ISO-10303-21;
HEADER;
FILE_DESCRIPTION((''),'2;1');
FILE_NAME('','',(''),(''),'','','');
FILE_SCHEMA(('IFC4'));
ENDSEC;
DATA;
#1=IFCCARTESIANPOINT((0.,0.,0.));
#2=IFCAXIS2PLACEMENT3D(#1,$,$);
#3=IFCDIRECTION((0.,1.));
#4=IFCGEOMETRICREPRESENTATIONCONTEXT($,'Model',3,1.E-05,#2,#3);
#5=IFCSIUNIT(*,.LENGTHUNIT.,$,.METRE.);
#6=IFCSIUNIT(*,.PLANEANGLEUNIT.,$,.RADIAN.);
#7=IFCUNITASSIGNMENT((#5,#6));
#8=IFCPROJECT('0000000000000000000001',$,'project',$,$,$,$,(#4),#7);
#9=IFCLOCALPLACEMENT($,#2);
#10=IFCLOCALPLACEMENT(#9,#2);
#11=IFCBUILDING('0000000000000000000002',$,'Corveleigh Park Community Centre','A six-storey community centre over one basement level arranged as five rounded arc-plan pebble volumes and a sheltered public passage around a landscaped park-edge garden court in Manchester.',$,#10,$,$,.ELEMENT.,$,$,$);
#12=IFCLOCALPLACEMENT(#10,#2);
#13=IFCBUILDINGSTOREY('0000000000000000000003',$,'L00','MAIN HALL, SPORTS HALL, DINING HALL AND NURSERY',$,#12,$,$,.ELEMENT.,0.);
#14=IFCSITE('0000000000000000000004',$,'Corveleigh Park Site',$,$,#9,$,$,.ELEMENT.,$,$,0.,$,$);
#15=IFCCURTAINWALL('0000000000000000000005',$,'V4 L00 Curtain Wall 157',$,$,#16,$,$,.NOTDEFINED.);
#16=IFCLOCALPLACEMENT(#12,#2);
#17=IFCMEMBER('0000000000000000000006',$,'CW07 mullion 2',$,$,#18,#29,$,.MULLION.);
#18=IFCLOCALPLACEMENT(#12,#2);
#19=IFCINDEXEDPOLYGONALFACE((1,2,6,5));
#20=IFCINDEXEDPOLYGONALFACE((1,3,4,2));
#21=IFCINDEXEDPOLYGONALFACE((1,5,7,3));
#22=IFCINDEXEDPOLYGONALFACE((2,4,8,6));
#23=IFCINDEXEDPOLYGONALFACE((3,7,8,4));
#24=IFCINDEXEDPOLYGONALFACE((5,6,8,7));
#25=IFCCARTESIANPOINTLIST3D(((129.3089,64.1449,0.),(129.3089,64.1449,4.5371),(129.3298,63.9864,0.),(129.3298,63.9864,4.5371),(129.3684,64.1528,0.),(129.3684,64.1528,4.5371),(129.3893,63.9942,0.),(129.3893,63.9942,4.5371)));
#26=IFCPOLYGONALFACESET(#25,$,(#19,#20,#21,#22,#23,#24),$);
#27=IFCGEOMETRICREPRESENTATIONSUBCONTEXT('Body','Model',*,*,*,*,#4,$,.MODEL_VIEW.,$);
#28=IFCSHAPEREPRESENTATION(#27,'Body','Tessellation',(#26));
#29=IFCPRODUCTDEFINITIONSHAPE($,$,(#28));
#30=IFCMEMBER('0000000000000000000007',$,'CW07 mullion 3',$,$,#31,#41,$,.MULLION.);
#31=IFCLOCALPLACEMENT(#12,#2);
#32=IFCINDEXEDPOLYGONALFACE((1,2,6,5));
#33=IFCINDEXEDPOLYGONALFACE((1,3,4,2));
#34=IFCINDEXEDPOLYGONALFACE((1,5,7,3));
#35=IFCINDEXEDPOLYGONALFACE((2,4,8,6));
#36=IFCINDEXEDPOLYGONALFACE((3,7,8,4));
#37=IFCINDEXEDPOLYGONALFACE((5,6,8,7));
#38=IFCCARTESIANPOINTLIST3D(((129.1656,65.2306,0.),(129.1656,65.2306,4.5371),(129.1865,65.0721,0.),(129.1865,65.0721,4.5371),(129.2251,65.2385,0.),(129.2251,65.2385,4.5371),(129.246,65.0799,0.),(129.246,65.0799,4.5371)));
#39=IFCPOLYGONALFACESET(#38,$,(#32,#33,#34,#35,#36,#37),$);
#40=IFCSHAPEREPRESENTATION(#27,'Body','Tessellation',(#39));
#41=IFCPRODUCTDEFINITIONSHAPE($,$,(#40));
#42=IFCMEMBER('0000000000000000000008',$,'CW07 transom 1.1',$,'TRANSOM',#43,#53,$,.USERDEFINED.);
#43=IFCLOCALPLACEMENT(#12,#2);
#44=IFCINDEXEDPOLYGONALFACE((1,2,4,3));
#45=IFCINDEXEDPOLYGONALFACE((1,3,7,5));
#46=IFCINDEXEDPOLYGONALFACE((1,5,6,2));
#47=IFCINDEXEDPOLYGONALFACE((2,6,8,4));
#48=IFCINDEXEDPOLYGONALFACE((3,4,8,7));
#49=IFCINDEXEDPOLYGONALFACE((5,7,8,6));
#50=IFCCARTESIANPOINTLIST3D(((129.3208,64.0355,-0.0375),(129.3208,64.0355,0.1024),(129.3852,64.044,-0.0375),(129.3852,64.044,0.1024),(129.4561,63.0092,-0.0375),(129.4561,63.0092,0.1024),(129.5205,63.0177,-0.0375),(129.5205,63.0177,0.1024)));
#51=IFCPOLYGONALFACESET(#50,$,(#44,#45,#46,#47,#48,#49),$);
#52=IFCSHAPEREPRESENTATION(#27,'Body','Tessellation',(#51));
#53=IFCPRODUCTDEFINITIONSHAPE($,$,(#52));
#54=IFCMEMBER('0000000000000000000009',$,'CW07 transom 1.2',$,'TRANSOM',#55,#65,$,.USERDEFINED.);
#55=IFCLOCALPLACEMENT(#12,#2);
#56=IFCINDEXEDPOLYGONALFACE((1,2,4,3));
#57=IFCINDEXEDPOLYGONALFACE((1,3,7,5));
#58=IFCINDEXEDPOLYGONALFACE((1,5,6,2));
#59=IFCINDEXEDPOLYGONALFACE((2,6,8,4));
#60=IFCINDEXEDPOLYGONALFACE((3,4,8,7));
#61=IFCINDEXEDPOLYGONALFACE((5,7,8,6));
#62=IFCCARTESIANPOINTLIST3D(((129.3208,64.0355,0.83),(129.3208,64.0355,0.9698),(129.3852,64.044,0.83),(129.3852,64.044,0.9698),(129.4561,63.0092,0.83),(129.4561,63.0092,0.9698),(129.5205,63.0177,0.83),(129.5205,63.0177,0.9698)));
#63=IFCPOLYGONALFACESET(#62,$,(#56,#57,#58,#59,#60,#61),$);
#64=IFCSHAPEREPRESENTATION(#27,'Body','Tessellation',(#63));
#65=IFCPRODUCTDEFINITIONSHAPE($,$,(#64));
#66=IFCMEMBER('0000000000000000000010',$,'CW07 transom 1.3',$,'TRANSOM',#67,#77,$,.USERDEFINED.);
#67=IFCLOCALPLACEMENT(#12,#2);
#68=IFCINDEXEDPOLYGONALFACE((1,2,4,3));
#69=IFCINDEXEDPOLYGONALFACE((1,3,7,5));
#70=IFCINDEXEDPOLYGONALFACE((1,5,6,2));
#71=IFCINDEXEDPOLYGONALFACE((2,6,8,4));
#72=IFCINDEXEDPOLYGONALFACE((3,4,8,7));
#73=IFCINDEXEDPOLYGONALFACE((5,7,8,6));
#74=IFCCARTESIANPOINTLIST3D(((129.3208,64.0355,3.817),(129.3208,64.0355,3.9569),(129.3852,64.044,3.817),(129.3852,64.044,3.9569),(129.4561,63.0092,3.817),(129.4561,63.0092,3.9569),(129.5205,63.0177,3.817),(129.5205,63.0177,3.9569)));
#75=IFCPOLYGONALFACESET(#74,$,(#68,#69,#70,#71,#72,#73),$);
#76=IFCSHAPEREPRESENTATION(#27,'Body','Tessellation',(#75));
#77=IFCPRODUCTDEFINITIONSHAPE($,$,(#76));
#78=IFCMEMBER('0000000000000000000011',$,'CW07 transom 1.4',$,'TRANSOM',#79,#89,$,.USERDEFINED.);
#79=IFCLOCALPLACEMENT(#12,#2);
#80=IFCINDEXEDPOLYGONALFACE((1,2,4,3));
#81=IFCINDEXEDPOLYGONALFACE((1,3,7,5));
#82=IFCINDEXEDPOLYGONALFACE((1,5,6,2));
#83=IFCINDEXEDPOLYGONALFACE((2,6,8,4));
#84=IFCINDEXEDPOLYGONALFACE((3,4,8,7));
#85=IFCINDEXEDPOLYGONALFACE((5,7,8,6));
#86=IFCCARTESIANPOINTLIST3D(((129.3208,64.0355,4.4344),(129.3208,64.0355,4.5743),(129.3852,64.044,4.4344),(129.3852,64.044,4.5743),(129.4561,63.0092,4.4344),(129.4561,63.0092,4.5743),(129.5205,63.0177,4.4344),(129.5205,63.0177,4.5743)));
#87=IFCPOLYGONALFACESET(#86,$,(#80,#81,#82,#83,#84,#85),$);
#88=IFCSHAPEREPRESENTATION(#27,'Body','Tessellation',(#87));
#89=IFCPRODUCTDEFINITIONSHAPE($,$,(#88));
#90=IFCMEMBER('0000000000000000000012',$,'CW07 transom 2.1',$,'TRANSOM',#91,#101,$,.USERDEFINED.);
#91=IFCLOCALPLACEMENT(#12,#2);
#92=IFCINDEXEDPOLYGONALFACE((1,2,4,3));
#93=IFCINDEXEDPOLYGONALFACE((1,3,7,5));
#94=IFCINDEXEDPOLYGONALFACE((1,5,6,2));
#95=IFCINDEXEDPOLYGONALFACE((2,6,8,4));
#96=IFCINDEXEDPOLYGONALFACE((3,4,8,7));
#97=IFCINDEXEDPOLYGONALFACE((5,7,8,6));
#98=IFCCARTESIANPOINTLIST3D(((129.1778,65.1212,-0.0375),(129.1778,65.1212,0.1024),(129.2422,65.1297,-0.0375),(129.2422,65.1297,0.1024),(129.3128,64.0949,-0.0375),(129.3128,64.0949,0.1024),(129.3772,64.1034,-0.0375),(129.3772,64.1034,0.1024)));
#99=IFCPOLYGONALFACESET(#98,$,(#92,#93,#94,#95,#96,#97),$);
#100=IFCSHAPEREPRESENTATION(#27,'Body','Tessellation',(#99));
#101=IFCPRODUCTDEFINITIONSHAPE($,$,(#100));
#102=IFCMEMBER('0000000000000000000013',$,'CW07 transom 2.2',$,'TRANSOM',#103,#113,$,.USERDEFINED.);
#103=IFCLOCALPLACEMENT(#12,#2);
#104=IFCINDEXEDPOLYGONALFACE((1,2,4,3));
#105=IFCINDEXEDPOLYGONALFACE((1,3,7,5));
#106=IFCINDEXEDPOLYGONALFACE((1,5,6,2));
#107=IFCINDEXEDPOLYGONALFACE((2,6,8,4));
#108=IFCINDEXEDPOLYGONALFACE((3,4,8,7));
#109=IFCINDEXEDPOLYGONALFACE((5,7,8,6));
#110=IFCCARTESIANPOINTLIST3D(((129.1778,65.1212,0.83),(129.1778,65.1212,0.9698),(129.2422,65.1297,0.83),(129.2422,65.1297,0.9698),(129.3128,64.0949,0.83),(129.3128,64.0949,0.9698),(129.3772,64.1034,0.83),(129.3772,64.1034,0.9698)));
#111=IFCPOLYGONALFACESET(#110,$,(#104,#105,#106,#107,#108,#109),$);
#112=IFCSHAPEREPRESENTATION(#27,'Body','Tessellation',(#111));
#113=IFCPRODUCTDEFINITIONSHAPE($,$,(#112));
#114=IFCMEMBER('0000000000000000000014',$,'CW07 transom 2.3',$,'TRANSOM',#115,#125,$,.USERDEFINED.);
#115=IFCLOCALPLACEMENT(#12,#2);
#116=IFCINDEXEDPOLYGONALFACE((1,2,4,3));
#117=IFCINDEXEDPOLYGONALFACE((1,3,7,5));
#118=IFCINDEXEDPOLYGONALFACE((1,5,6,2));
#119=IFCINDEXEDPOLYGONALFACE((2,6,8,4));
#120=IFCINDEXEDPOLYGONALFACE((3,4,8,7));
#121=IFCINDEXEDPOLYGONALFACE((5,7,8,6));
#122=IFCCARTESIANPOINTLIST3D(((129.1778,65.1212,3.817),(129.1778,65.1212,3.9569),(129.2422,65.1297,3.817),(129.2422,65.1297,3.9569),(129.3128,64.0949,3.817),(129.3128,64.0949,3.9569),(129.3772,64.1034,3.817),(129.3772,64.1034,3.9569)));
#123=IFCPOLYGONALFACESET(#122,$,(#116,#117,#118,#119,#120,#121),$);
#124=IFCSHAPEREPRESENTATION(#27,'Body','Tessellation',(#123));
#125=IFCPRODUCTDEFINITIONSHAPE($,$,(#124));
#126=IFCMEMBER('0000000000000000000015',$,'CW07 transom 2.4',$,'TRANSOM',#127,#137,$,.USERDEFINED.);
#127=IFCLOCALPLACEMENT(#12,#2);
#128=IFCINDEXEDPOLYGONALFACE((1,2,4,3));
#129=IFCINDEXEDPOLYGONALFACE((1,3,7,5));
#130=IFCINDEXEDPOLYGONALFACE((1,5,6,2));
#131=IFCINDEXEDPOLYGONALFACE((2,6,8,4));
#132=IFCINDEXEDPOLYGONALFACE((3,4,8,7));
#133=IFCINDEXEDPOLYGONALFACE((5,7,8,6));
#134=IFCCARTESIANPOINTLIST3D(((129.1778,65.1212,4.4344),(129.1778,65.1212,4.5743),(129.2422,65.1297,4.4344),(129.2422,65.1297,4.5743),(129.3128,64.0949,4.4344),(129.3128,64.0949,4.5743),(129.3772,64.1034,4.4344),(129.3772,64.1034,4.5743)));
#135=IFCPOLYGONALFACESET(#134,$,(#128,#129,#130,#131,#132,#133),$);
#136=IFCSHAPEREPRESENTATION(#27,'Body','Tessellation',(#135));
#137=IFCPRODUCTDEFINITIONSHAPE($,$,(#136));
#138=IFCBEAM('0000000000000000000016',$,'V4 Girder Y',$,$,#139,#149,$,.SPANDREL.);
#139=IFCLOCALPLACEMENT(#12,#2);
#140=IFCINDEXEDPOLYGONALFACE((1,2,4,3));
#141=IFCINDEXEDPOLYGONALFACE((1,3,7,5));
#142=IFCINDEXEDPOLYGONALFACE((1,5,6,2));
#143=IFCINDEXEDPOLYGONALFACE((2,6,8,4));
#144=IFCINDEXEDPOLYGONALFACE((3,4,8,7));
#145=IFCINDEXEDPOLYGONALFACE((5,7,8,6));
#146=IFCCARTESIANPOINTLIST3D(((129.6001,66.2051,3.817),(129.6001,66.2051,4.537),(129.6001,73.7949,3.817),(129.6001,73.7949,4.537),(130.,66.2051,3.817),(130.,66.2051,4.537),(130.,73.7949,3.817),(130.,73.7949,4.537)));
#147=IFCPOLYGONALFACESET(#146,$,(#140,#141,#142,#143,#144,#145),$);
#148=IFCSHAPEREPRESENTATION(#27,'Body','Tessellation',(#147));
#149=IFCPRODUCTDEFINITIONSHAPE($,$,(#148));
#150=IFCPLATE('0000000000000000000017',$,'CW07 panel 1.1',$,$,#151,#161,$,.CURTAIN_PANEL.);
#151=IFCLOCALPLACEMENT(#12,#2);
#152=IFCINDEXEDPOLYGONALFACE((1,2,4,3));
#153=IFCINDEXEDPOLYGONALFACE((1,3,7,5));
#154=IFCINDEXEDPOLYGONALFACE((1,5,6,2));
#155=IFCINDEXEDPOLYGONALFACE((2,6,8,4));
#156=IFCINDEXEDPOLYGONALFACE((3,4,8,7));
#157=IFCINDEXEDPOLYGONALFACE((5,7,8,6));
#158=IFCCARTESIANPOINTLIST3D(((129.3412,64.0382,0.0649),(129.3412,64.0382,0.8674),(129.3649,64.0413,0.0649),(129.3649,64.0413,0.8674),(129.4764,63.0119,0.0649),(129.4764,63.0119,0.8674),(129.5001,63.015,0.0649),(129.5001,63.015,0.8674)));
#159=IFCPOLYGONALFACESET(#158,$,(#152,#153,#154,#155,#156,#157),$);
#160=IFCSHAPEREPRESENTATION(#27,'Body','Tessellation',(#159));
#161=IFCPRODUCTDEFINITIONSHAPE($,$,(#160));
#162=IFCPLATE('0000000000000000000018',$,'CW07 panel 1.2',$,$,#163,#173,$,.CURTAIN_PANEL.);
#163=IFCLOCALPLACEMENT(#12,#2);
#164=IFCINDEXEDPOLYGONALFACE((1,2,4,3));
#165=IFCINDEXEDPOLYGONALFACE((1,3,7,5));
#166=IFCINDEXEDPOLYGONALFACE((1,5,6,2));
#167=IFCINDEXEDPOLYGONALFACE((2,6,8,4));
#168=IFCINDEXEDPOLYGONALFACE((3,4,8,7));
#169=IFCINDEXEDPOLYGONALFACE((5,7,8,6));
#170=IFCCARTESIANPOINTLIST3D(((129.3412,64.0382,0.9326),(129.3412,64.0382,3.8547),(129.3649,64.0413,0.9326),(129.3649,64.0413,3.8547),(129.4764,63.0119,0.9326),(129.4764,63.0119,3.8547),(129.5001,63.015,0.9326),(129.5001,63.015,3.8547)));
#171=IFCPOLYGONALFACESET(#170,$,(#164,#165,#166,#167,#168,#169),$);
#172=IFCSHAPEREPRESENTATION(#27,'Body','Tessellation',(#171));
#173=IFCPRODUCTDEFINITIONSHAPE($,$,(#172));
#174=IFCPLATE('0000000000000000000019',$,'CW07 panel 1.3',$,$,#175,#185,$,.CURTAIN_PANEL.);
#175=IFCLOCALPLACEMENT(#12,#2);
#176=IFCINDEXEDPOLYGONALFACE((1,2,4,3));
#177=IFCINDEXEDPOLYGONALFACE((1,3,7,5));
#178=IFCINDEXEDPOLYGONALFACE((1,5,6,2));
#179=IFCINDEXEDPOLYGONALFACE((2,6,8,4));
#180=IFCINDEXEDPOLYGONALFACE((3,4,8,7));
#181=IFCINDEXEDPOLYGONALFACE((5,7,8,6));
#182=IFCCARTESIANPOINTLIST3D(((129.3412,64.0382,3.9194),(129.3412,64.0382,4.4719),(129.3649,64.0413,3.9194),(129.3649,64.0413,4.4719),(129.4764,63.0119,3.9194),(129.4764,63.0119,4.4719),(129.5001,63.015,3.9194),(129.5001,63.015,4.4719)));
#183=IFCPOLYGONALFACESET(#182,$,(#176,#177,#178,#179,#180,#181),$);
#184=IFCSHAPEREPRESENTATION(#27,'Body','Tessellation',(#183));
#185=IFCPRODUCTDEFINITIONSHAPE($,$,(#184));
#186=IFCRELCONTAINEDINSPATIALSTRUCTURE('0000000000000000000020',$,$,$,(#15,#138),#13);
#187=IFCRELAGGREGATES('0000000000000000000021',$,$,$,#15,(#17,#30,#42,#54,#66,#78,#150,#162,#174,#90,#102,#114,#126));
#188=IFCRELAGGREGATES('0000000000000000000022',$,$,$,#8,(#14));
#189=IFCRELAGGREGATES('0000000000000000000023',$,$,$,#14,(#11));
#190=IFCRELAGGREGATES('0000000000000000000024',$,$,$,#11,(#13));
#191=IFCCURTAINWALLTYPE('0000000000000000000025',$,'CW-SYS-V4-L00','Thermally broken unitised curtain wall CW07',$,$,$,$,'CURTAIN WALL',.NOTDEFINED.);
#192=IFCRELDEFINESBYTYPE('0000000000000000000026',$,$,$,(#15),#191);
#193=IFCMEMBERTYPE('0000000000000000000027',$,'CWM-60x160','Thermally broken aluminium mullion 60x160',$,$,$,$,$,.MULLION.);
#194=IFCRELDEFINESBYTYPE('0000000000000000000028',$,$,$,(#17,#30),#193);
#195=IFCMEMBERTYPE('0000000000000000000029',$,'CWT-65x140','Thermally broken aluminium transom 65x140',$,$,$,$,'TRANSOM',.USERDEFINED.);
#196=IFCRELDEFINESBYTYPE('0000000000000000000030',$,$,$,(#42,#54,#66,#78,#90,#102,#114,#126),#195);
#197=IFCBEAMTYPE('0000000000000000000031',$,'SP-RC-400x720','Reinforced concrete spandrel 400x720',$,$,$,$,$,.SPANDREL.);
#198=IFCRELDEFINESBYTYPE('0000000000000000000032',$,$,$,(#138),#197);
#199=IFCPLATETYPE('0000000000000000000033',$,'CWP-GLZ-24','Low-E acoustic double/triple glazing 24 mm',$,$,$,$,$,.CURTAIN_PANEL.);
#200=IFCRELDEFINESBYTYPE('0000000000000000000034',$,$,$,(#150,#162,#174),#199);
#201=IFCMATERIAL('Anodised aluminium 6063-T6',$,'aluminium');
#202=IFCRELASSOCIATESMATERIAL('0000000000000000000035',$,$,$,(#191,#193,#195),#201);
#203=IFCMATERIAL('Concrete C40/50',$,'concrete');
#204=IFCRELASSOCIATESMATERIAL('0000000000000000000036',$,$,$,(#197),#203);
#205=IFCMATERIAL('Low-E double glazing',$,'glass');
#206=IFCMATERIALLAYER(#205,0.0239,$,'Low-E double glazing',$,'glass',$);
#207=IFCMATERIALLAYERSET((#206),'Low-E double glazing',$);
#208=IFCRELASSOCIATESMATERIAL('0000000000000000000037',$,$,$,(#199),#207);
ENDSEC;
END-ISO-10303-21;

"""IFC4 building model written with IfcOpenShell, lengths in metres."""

from ifc_helpers import new_model, si_unit, direction, frame, origin, origin_2d, place, context, subcontext, project, spatial, rectangle, extrude, material, layer, layer_set, material_profile, profile_set, type_object, element, aggregate, save


model = new_model("IFC4")

# Units and contexts
model_context = context("Model", 3, precision=1e-05, world=origin(), true_north=direction((0.0, 1.0)))
body_context = subcontext(model_context, "Body", "Model", "MODEL_VIEW")
ifc_project = project(units=[si_unit("LENGTHUNIT", "METRE"), si_unit("PLANEANGLEUNIT", "RADIAN")], contexts=[model_context])

# Site, building, storey
site_placement = place(None, origin())
site = spatial("IfcSite", under=ifc_project, at=site_placement, Name="Corveleigh Park Site", CompositionType="ELEMENT", RefElevation=0.0)
building_placement = place(site_placement, origin())
building = spatial("IfcBuilding", under=site, at=building_placement, Name="Corveleigh Park Community Centre", Description="A six-storey community centre over one basement level arranged as five rounded arc-plan pebble volumes and a sheltered public passage around a landscaped park-edge garden court in Manchester.", CompositionType="ELEMENT")
storey_placement = place(building_placement, origin())
storey = spatial("IfcBuildingStorey", under=building, at=storey_placement, Name="L00", Description="MAIN HALL, SPORTS HALL, DINING HALL AND NURSERY", CompositionType="ELEMENT", Elevation=0.0)

# Shared definitions
ifc_material_1 = material(Name="Concrete C40/50", Category="concrete")

# Curtain wall, members
ifc_material_2 = material(Name="Anodised aluminium 6063-T6", Category="aluminium")
curtain_wall_type = type_object("IfcCurtainWallType", Name="CW-SYS-V4-L00", Description="Thermally broken unitised curtain wall CW07", ElementType="CURTAIN WALL", PredefinedType="NOTDEFINED", material=ifc_material_2)
curtain_wall_placement = place(storey_placement, origin())
curtain_wall = element("IfcCurtainWall", 1, at=curtain_wall_placement, inside=storey, type_object=curtain_wall_type, Name="V4 L00 Curtain Wall 157", PredefinedType="NOTDEFINED")
ifc_material_profile_1 = material_profile(ifc_material_2, rectangle(XDim=0.0601, YDim=0.1599, at=origin_2d()), Name="ALU-M60x160", Category="aluminium")
ifc_profile_set_1 = profile_set([ifc_material_profile_1], Name="Anodised aluminium 6063-T6")
member_type_1 = type_object("IfcMemberType", Name="CWM-60x160", Description="Thermally broken aluminium mullion 60x160", PredefinedType="MULLION", material=ifc_profile_set_1)
member_1_placement = place(storey_placement, frame((129.3491, 64.0696, 0.0), z_axis=(0.0, 0.0, 1.0), x_axis=(-0.991429, -0.13065, 0.0)))
member_1 = element("IfcMember", 2, at=member_1_placement, type_object=member_type_1, Name="CW07 mullion 2", PredefinedType="MULLION", context=body_context, shape_type="SweptSolid", body=[
    extrude(rectangle(XDim=0.0601, YDim=0.1599, at=origin_2d()), origin(), (0.0, 0.0, 1.0), 4.5371),
])
member_2_placement = place(storey_placement, frame((129.2058, 65.1553, 0.0), z_axis=(0.0, 0.0, 1.0), x_axis=(-0.991429, -0.13065, 0.0)))
member_2 = element("IfcMember", 3, at=member_2_placement, type_object=member_type_1, Name="CW07 mullion 3", PredefinedType="MULLION", context=body_context, shape_type="SweptSolid", body=[
    extrude(rectangle(XDim=0.0601, YDim=0.1599, at=origin_2d()), origin(), (0.0, 0.0, 1.0), 4.5371),
])
ifc_material_profile_2 = material_profile(ifc_material_2, rectangle(XDim=0.0649, YDim=0.1399, at=origin_2d()), Name="ALU-T65x140", Category="aluminium")
ifc_profile_set_2 = profile_set([ifc_material_profile_2], Name="Anodised aluminium 6063-T6")
member_type_2 = type_object("IfcMemberType", Name="CWT-65x140", Description="Thermally broken aluminium transom 65x140", ElementType="TRANSOM", PredefinedType="USERDEFINED", material=ifc_profile_set_2)
member_3_placement = place(storey_placement, frame((129.4883, 63.0134, 0.0325), z_axis=(-0.13065, 0.991429, 0.0), x_axis=(-0.991429, -0.13065, 0.0)))
member_3 = element("IfcMember", 4, at=member_3_placement, type_object=member_type_2, Name="CW07 transom 1.1", ObjectType="TRANSOM", PredefinedType="USERDEFINED", context=body_context, shape_type="SweptSolid", body=[
    extrude(rectangle(XDim=0.0649, YDim=0.1399, at=origin_2d()), origin(), (0.0, 0.0, 1.0), 1.0352),
])
member_4_placement = place(storey_placement, frame((129.4883, 63.0134, 0.8999), z_axis=(-0.13065, 0.991429, 0.0), x_axis=(-0.991429, -0.13065, 0.0)))
member_4 = element("IfcMember", 5, at=member_4_placement, type_object=member_type_2, Name="CW07 transom 1.2", ObjectType="TRANSOM", PredefinedType="USERDEFINED", context=body_context, shape_type="SweptSolid", body=[
    extrude(rectangle(XDim=0.0649, YDim=0.1399, at=origin_2d()), origin(), (0.0, 0.0, 1.0), 1.0352),
])
member_5_placement = place(storey_placement, frame((129.4883, 63.0134, 3.887), z_axis=(-0.13065, 0.991429, 0.0), x_axis=(-0.991429, -0.13065, 0.0)))
member_5 = element("IfcMember", 6, at=member_5_placement, type_object=member_type_2, Name="CW07 transom 1.3", ObjectType="TRANSOM", PredefinedType="USERDEFINED", context=body_context, shape_type="SweptSolid", body=[
    extrude(rectangle(XDim=0.0649, YDim=0.1399, at=origin_2d()), origin(), (0.0, 0.0, 1.0), 1.0352),
])
member_6_placement = place(storey_placement, frame((129.4883, 63.0134, 4.5044), z_axis=(-0.13065, 0.991429, 0.0), x_axis=(-0.991429, -0.13065, 0.0)))
member_6 = element("IfcMember", 7, at=member_6_placement, type_object=member_type_2, Name="CW07 transom 1.4", ObjectType="TRANSOM", PredefinedType="USERDEFINED", context=body_context, shape_type="SweptSolid", body=[
    extrude(rectangle(XDim=0.0649, YDim=0.1399, at=origin_2d()), origin(), (0.0, 0.0, 1.0), 1.0352),
])
member_7_placement = place(storey_placement, frame((129.345, 64.0991, 0.0325), z_axis=(-0.130418, 0.991459, 0.0), x_axis=(-0.991459, -0.130418, 0.0)))
member_7 = element("IfcMember", 8, at=member_7_placement, type_object=member_type_2, Name="CW07 transom 2.1", ObjectType="TRANSOM", PredefinedType="USERDEFINED", context=body_context, shape_type="SweptSolid", body=[
    extrude(rectangle(XDim=0.0649, YDim=0.1399, at=origin_2d()), origin(), (0.0, 0.0, 1.0), 1.0352),
])
member_8_placement = place(storey_placement, frame((129.345, 64.0991, 0.8999), z_axis=(-0.130418, 0.991459, 0.0), x_axis=(-0.991459, -0.130418, 0.0)))
member_8 = element("IfcMember", 9, at=member_8_placement, type_object=member_type_2, Name="CW07 transom 2.2", ObjectType="TRANSOM", PredefinedType="USERDEFINED", context=body_context, shape_type="SweptSolid", body=[
    extrude(rectangle(XDim=0.0649, YDim=0.1399, at=origin_2d()), origin(), (0.0, 0.0, 1.0), 1.0352),
])
member_9_placement = place(storey_placement, frame((129.345, 64.0991, 3.887), z_axis=(-0.130418, 0.991459, 0.0), x_axis=(-0.991459, -0.130418, 0.0)))
member_9 = element("IfcMember", 10, at=member_9_placement, type_object=member_type_2, Name="CW07 transom 2.3", ObjectType="TRANSOM", PredefinedType="USERDEFINED", context=body_context, shape_type="SweptSolid", body=[
    extrude(rectangle(XDim=0.0649, YDim=0.1399, at=origin_2d()), origin(), (0.0, 0.0, 1.0), 1.0352),
])
member_10_placement = place(storey_placement, frame((129.345, 64.0991, 4.5044), z_axis=(-0.130418, 0.991459, 0.0), x_axis=(-0.991459, -0.130418, 0.0)))
member_10 = element("IfcMember", 11, at=member_10_placement, type_object=member_type_2, Name="CW07 transom 2.4", ObjectType="TRANSOM", PredefinedType="USERDEFINED", context=body_context, shape_type="SweptSolid", body=[
    extrude(rectangle(XDim=0.0649, YDim=0.1399, at=origin_2d()), origin(), (0.0, 0.0, 1.0), 1.0352),
])

# Beam
ifc_material_profile_3 = material_profile(ifc_material_1, rectangle(XDim=0.3999, YDim=0.72, at=origin_2d()), Name="RC-400x720", Category="concrete")
ifc_profile_set_3 = profile_set([ifc_material_profile_3], Name="Concrete C40/50")
beam_type_1 = type_object("IfcBeamType", Name="SP-RC-400x720", Description="Reinforced concrete spandrel 400x720", PredefinedType="SPANDREL", material=ifc_profile_set_3)
beam_1_placement = place(storey_placement, frame((129.8, 66.2051, 4.177), z_axis=(0.0, 1.0, 0.0), x_axis=(-1.0, 0.0, 0.0)))
element("IfcBeam", 12, at=beam_1_placement, inside=storey, type_object=beam_type_1, Name="V4 Girder Y", PredefinedType="SPANDREL", context=body_context, shape_type="SweptSolid", body=[
    extrude(rectangle(XDim=0.3999, YDim=0.72, at=origin_2d()), origin(), (0.0, 0.0, 1.0), 7.5898),
])

# Plates
ifc_material_3 = material(Name="Low-E double glazing", Category="glass")
ifc_layer_1 = layer(ifc_material_3, 0.0239, Name="Low-E double glazing", Category="glass")
ifc_layer_set_1 = layer_set([ifc_layer_1], Name="Low-E double glazing")
plate_type = type_object("IfcPlateType", Name="CWP-GLZ-24", Description="Low-E acoustic double/triple glazing 24 mm", PredefinedType="CURTAIN_PANEL", material=ifc_layer_set_1)
plate_1_placement = place(storey_placement, frame((129.4207, 63.5266, 0.0649), z_axis=(0.0, 0.0, 1.0), x_axis=(-0.13065, 0.991429, 0.0)))
plate_1 = element("IfcPlate", 13, at=plate_1_placement, type_object=plate_type, Name="CW07 panel 1.1", PredefinedType="CURTAIN_PANEL", context=body_context, shape_type="SweptSolid", body=[
    extrude(rectangle(XDim=1.0352, YDim=0.0239, at=origin_2d()), origin(), (0.0, 0.0, 1.0), 0.8025),
])
plate_2_placement = place(storey_placement, frame((129.4207, 63.5266, 0.9326), z_axis=(0.0, 0.0, 1.0), x_axis=(-0.13065, 0.991429, 0.0)))
plate_2 = element("IfcPlate", 14, at=plate_2_placement, type_object=plate_type, Name="CW07 panel 1.2", PredefinedType="CURTAIN_PANEL", context=body_context, shape_type="SweptSolid", body=[
    extrude(rectangle(XDim=1.0352, YDim=0.0239, at=origin_2d()), origin(), (0.0, 0.0, 1.0), 2.9221),
])
plate_3_placement = place(storey_placement, frame((129.4207, 63.5266, 3.9194), z_axis=(0.0, 0.0, 1.0), x_axis=(-0.13065, 0.991429, 0.0)))
plate_3 = element("IfcPlate", 15, at=plate_3_placement, type_object=plate_type, Name="CW07 panel 1.3", PredefinedType="CURTAIN_PANEL", context=body_context, shape_type="SweptSolid", body=[
    extrude(rectangle(XDim=1.0352, YDim=0.0239, at=origin_2d()), origin(), (0.0, 0.0, 1.0), 0.5525),
])
aggregate(curtain_wall, [member_1, member_2, member_3, member_4, member_5, member_6, plate_1, plate_2, plate_3, member_7, member_8, member_9, member_10])

save(model, "model.ifc")
